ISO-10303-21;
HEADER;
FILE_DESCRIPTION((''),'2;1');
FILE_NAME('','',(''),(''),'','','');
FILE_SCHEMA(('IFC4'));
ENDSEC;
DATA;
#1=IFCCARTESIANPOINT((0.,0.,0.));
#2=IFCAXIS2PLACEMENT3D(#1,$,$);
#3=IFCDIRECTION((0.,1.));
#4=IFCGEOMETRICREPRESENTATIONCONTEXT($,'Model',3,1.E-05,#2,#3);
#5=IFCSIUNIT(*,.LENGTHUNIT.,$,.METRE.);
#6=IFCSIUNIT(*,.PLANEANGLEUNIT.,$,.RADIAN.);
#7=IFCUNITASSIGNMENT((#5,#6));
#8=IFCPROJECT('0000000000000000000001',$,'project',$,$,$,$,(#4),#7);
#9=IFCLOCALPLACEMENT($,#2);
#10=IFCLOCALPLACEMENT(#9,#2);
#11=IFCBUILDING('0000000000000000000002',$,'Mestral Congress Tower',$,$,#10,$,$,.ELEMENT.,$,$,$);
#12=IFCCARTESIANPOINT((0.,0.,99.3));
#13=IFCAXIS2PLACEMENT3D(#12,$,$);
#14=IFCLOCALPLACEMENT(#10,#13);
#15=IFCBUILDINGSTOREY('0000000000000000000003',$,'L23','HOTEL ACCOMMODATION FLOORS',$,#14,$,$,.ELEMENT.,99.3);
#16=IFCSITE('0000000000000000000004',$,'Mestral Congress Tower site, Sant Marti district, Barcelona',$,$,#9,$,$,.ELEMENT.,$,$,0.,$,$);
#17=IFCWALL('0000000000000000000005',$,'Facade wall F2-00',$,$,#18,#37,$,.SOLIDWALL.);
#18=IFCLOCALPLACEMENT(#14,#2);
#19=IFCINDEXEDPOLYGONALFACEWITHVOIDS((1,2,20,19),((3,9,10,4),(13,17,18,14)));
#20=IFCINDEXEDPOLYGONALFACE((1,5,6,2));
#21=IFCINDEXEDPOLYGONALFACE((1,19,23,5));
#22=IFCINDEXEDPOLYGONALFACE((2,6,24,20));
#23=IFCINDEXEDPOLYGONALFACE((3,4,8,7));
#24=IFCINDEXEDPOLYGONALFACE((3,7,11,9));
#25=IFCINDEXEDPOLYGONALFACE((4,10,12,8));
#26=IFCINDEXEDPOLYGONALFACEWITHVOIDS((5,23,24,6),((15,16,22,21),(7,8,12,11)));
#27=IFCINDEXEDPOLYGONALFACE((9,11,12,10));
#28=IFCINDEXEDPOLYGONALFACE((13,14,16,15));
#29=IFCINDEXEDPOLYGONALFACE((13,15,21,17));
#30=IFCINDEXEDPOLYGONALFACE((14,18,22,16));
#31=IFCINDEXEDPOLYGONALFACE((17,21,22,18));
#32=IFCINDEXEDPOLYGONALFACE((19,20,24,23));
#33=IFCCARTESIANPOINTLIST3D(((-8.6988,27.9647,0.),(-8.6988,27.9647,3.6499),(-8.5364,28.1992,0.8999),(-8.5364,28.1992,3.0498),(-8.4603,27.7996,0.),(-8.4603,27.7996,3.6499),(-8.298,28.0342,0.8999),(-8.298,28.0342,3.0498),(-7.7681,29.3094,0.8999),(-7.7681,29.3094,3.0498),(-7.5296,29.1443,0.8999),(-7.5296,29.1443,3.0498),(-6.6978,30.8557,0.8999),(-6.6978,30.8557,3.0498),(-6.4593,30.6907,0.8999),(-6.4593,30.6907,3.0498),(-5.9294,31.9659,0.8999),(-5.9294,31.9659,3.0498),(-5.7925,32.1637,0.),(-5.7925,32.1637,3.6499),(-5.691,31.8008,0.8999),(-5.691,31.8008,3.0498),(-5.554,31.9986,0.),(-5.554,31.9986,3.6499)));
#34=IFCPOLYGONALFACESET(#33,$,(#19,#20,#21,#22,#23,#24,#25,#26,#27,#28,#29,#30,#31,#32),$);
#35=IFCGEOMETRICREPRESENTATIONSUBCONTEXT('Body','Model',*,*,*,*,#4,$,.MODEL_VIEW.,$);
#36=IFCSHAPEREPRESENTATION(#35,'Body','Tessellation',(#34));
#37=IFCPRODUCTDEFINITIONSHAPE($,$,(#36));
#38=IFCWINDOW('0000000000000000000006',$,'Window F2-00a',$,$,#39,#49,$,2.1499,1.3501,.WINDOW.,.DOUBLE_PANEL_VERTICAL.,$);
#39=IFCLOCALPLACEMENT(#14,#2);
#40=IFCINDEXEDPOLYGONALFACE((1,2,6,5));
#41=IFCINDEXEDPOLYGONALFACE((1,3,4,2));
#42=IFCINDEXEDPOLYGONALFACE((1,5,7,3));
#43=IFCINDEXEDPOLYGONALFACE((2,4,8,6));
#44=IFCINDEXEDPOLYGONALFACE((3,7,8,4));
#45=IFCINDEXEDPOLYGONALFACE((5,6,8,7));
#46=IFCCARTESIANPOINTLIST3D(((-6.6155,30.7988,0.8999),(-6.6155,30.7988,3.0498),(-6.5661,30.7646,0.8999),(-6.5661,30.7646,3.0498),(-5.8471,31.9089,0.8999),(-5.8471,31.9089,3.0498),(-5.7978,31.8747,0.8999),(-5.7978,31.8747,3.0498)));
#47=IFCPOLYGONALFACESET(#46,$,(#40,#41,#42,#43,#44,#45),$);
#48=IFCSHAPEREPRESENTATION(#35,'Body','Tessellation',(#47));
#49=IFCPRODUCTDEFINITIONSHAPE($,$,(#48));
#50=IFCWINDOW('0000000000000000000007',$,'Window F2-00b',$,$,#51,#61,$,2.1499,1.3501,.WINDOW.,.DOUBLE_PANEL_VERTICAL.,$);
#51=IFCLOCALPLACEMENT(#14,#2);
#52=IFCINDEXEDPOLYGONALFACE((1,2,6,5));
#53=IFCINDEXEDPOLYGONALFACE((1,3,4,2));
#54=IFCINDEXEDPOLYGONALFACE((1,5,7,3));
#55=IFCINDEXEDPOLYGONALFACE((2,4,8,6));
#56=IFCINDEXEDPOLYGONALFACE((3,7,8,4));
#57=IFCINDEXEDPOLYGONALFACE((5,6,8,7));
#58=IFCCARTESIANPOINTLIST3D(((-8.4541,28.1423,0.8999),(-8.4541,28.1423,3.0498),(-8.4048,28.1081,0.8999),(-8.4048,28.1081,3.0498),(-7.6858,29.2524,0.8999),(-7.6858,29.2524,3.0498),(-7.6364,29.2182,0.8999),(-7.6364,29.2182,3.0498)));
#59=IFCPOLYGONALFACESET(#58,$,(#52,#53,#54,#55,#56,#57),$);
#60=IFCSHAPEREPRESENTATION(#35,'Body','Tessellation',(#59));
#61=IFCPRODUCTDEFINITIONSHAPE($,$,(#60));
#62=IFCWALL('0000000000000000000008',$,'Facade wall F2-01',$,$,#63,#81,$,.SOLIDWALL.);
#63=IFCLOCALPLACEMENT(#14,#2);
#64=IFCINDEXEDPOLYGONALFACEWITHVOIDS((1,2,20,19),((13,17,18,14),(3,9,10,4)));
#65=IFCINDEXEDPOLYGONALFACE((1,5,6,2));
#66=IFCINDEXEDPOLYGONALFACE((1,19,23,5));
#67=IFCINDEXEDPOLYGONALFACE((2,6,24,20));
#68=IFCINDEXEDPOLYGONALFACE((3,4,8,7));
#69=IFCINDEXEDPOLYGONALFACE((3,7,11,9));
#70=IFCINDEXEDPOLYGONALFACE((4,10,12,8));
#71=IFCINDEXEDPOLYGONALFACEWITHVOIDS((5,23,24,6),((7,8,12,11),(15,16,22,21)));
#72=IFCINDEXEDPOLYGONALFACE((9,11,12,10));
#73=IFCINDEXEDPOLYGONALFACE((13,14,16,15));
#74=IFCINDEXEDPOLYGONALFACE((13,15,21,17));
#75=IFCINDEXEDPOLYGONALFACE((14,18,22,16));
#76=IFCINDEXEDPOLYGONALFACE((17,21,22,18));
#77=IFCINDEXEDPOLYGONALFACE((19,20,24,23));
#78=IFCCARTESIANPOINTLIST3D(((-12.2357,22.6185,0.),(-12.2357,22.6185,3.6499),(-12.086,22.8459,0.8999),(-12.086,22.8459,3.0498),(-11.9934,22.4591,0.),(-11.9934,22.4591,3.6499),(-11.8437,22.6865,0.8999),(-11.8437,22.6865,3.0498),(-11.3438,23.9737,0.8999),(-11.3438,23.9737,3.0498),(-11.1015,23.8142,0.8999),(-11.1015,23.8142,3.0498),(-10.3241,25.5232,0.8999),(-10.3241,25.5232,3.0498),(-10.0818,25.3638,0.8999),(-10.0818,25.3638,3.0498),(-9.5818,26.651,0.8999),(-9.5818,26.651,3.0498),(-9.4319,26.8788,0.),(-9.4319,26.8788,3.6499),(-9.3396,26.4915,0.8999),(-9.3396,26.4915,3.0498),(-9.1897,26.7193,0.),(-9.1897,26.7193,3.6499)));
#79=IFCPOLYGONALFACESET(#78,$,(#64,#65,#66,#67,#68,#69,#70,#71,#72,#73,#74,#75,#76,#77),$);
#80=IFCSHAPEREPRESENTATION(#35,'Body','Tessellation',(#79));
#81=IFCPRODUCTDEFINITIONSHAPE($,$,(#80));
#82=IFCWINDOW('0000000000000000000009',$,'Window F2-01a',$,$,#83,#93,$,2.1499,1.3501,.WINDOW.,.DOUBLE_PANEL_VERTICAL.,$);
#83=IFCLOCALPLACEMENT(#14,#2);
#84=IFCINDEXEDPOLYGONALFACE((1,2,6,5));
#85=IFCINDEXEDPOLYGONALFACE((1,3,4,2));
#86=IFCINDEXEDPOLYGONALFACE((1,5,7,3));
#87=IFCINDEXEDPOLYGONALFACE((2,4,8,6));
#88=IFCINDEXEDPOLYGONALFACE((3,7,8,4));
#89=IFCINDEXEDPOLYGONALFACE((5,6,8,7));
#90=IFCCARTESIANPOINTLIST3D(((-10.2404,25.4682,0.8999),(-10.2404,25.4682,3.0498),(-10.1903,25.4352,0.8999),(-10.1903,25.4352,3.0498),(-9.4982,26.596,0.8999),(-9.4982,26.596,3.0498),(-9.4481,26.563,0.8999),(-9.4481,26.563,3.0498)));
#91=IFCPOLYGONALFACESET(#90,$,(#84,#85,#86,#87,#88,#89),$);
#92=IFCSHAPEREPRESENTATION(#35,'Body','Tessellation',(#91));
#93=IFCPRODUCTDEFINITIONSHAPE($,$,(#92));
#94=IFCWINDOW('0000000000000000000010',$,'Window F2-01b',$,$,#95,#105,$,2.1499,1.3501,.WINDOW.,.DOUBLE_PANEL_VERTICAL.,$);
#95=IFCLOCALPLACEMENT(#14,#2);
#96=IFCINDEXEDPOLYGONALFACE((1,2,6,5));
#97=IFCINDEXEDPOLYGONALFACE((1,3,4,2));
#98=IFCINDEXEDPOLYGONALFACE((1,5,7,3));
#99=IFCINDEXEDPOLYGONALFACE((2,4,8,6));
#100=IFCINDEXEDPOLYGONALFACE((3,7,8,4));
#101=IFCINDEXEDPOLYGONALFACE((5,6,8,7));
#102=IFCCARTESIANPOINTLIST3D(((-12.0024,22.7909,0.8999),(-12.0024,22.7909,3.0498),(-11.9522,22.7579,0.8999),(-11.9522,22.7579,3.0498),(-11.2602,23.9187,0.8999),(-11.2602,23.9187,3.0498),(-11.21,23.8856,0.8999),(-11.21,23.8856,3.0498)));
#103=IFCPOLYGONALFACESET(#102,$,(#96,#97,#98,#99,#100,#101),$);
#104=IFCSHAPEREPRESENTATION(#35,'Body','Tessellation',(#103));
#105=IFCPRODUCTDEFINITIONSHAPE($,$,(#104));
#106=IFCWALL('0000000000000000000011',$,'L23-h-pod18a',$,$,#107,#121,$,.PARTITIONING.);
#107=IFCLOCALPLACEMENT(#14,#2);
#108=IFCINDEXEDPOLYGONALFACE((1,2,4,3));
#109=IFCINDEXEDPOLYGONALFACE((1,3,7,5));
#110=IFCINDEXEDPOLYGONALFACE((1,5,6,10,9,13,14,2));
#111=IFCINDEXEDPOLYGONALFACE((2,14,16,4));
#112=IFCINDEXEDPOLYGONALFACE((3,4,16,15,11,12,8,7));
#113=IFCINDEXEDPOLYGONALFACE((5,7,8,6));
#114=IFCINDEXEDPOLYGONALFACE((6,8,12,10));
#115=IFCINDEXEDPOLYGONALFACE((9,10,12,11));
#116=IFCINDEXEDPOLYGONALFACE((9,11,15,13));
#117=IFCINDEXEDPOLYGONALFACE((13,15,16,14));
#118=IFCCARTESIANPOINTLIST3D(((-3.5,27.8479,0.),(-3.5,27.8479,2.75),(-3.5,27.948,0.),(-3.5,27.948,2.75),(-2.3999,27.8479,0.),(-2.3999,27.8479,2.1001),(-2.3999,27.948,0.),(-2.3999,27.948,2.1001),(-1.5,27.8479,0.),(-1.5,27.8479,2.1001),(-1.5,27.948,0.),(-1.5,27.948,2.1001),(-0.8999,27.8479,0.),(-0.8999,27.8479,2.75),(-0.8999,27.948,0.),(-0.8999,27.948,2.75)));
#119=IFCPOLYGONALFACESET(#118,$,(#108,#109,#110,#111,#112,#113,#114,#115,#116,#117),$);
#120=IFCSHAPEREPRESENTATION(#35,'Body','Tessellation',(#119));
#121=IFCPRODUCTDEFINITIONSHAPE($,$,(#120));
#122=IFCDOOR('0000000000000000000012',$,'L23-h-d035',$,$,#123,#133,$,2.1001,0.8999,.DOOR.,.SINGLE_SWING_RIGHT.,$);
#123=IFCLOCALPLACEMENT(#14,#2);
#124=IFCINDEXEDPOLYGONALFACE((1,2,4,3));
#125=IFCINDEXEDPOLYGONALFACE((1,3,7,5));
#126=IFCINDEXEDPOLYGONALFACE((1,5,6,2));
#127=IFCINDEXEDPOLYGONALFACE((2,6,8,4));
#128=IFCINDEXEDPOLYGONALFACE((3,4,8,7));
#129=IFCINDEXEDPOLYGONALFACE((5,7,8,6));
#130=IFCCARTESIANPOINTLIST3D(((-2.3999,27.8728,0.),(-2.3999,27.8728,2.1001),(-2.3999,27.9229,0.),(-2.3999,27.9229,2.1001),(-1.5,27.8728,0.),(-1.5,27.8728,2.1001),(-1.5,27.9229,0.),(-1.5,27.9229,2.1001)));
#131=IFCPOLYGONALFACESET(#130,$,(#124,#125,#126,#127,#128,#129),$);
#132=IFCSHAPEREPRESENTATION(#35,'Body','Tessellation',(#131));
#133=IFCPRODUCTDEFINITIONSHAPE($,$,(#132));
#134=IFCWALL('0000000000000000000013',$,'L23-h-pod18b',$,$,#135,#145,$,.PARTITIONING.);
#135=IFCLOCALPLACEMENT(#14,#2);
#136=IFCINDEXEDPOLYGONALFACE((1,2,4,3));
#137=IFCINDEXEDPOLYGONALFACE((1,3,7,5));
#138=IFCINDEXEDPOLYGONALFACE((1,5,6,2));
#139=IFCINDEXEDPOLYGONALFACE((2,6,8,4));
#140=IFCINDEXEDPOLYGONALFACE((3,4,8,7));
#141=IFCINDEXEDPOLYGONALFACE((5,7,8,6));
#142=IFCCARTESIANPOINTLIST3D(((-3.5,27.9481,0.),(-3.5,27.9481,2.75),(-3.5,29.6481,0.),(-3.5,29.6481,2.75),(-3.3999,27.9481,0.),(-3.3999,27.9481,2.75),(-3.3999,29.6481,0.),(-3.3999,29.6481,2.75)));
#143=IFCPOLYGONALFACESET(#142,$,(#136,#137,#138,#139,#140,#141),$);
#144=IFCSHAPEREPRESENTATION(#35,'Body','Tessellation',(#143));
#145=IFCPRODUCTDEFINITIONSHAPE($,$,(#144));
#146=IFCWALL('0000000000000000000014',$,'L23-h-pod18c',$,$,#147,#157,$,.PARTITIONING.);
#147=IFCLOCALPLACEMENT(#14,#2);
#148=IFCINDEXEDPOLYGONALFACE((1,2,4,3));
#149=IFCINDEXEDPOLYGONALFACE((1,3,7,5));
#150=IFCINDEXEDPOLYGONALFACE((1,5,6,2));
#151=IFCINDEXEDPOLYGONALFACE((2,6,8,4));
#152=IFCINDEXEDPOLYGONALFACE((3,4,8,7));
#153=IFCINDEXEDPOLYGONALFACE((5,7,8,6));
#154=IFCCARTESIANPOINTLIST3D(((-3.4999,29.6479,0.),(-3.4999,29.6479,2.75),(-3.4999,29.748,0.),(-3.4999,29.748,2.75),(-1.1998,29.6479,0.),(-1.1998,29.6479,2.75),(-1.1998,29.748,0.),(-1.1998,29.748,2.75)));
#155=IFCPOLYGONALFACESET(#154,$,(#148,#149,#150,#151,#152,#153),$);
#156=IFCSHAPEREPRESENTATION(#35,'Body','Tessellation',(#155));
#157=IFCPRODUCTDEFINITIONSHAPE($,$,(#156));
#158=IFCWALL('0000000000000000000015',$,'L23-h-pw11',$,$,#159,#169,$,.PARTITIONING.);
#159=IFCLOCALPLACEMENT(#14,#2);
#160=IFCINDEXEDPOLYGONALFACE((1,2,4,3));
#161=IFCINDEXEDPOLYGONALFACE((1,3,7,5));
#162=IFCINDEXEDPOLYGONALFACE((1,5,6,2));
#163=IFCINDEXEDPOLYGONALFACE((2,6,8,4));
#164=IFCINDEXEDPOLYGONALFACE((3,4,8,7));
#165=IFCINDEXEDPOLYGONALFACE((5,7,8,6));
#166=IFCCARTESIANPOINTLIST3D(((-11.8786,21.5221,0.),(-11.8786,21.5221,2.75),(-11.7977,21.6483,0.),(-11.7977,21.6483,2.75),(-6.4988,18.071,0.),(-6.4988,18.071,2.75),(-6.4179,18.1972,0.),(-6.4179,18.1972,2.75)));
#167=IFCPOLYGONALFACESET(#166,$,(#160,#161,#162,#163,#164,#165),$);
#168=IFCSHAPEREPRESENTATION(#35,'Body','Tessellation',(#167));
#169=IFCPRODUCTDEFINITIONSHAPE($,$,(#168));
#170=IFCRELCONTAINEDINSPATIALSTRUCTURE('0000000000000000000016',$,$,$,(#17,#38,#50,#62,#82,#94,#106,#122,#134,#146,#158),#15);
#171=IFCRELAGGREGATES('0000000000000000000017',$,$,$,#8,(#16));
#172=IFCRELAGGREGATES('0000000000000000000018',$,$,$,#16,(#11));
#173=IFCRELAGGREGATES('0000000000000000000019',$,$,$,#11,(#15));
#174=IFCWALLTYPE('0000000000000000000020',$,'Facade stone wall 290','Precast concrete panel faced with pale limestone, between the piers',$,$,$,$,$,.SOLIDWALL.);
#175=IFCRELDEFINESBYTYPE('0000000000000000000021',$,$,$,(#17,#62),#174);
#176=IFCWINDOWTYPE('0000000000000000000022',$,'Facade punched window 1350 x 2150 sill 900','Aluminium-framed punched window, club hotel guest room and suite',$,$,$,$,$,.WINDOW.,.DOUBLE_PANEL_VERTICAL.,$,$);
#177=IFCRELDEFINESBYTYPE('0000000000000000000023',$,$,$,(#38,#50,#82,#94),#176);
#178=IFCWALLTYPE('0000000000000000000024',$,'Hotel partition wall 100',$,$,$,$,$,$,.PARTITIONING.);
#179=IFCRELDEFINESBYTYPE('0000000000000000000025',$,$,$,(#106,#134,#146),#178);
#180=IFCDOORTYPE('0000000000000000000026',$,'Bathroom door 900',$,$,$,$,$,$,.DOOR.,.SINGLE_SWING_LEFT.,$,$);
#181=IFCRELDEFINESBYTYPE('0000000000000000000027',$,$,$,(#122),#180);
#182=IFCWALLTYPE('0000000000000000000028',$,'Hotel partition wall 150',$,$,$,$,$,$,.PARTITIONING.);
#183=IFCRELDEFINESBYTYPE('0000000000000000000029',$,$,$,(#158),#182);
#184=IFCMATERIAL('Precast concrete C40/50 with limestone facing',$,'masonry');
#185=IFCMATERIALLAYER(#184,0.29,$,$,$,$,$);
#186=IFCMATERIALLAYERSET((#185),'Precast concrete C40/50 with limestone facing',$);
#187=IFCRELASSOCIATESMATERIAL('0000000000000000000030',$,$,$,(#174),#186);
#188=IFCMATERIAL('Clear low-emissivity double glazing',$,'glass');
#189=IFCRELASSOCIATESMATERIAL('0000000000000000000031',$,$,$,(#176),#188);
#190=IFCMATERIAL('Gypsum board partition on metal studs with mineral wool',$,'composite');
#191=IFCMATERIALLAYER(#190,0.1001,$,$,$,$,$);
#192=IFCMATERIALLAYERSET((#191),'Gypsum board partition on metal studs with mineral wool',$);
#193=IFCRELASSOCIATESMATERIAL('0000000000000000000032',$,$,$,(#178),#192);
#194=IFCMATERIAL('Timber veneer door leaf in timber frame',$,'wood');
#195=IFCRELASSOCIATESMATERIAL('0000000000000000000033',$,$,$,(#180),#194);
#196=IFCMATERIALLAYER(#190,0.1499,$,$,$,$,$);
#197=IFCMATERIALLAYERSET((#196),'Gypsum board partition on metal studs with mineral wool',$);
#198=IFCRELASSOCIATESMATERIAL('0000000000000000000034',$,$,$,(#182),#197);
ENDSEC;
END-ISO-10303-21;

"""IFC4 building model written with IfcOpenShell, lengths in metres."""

from ifc_helpers import new_model, si_unit, direction, frame, frame_2d, origin, place, context, subcontext, project, spatial, rectangle, extrude, material, layer, layer_set, type_object, element, fill, save


model = new_model("IFC4")

# Units and contexts
model_context = context("Model", 3, precision=1e-05, world=origin(), true_north=direction((0.0, 1.0)))
body_context = subcontext(model_context, "Body", "Model", "MODEL_VIEW")
ifc_project = project(units=[si_unit("LENGTHUNIT", "METRE"), si_unit("PLANEANGLEUNIT", "RADIAN")], contexts=[model_context])

# Site, building, storey
site_placement = place(None, origin())
site = spatial("IfcSite", under=ifc_project, at=site_placement, Name="Mestral Congress Tower site, Sant Marti district, Barcelona", CompositionType="ELEMENT", RefElevation=0.0)
building_placement = place(site_placement, origin())
building = spatial("IfcBuilding", under=site, at=building_placement, Name="Mestral Congress Tower", CompositionType="ELEMENT")
storey_placement = place(building_placement, frame((0.0, 0.0, 99.3)))
storey = spatial("IfcBuildingStorey", under=building, at=storey_placement, Name="L23", Description="HOTEL ACCOMMODATION FLOORS", CompositionType="ELEMENT", Elevation=99.3)

# Shared definitions
ifc_material_1 = material(Name="Precast concrete C40/50 with limestone facing", Category="masonry")
ifc_layer_1 = layer(ifc_material_1, 0.29)
ifc_layer_set_1 = layer_set([ifc_layer_1], Name="Precast concrete C40/50 with limestone facing")
wall_type_1 = type_object("IfcWallType", Name="Facade stone wall 290", Description="Precast concrete panel faced with pale limestone, between the piers", PredefinedType="SOLIDWALL", material=ifc_layer_set_1)

# Shared definitions
ifc_material_2 = material(Name="Clear low-emissivity double glazing", Category="glass")

# Walls, openings, windows
wall_1_placement = place(storey_placement, frame((-5.6733, 32.0811, 0.0), z_axis=(0.0, 0.0, 1.0), x_axis=(-0.569113, -0.822259, 0.0)))
wall_1 = element("IfcWall", 1, at=wall_1_placement, inside=storey, type_object=wall_type_1, Name="Facade wall F2-00", PredefinedType="SOLIDWALL", context=body_context, shape_type="SweptSolid", body=[
    extrude(rectangle(XDim=5.1067, YDim=0.29, at=frame_2d((2.5532, 0.0))), origin(), (0.0, 0.0, 1.0), 3.6499),
])
opening_1_placement = place(wall_1_placement, frame((0.2405, 0.0, 0.8999)))
opening_1 = element("IfcOpeningElement", 2, at=opening_1_placement, cuts=wall_1, PredefinedType="OPENING", context=body_context, shape_type="SweptSolid", body=[
    extrude(rectangle(XDim=1.3501, YDim=2.1499, at=frame_2d((0.675, 1.075))), frame((0.0, 0.155, 0.0), z_axis=(0.0, -1.0, 0.0), x_axis=(1.0, 0.0, 0.0)), (0.0, 0.0, 1.0), 0.3101),
])
opening_2_placement = place(wall_1_placement, frame((3.4712, 0.0, 0.8999)))
opening_2 = element("IfcOpeningElement", 3, at=opening_2_placement, cuts=wall_1, PredefinedType="OPENING", context=body_context, shape_type="SweptSolid", body=[
    extrude(rectangle(XDim=1.3501, YDim=2.1499, at=frame_2d((0.675, 1.075))), frame((0.0, 0.155, 0.0), z_axis=(0.0, -1.0, 0.0), x_axis=(1.0, 0.0, 0.0)), (0.0, 0.0, 1.0), 0.3101),
])
window_type_1 = type_object("IfcWindowType", Name="Facade punched window 1350 x 2150 sill 900", Description="Aluminium-framed punched window, club hotel guest room and suite", PartitioningType="DOUBLE_PANEL_VERTICAL", PredefinedType="WINDOW", material=ifc_material_2)
window_1_placement = place(opening_1_placement, origin())
window_1 = element("IfcWindow", 4, at=window_1_placement, inside=storey, type_object=window_type_1, Name="Window F2-00a", OverallHeight=2.1499, OverallWidth=1.3501, PartitioningType="DOUBLE_PANEL_VERTICAL", PredefinedType="WINDOW", context=body_context, shape_type="SweptSolid", body=[
    extrude(rectangle(XDim=1.3501, YDim=2.1499, at=frame_2d((0.675, 1.075))), frame((0.0, 0.0151, 0.0), z_axis=(0.0, -1.0, 0.0), x_axis=(1.0, 0.0, 0.0)), (0.0, 0.0, 1.0), 0.0601),
])
fill(opening_1, window_1)
window_2_placement = place(opening_2_placement, origin())
window_2 = element("IfcWindow", 5, at=window_2_placement, inside=storey, type_object=window_type_1, Name="Window F2-00b", OverallHeight=2.1499, OverallWidth=1.3501, PartitioningType="DOUBLE_PANEL_VERTICAL", PredefinedType="WINDOW", context=body_context, shape_type="SweptSolid", body=[
    extrude(rectangle(XDim=1.3501, YDim=2.1499, at=frame_2d((0.675, 1.075))), frame((0.0, 0.0151, 0.0), z_axis=(0.0, -1.0, 0.0), x_axis=(1.0, 0.0, 0.0)), (0.0, 0.0, 1.0), 0.0601),
])
fill(opening_2, window_2)
wall_2_placement = place(storey_placement, frame((-9.3108, 26.7991, 0.0), z_axis=(0.0, 0.0, 1.0), x_axis=(-0.549741, -0.835335, 0.0)))
wall_2 = element("IfcWall", 6, at=wall_2_placement, inside=storey, type_object=wall_type_1, Name="Facade wall F2-01", PredefinedType="SOLIDWALL", context=body_context, shape_type="SweptSolid", body=[
    extrude(rectangle(XDim=5.1001, YDim=0.29, at=frame_2d((2.55, 0.0))), origin(), (0.0, 0.0, 1.0), 3.6499),
])
opening_3_placement = place(wall_2_placement, frame((0.2727, 0.0, 0.8999)))
opening_3 = element("IfcOpeningElement", 7, at=opening_3_placement, cuts=wall_2, PredefinedType="OPENING", context=body_context, shape_type="SweptSolid", body=[
    extrude(rectangle(XDim=1.3501, YDim=2.1499, at=frame_2d((0.675, 1.075))), frame((0.0, 0.155, 0.0), z_axis=(0.0, -1.0, 0.0), x_axis=(1.0, 0.0, 0.0)), (0.0, 0.0, 1.0), 0.3101),
])
opening_4_placement = place(wall_2_placement, frame((3.4778, 0.0, 0.8999)))
opening_4 = element("IfcOpeningElement", 8, at=opening_4_placement, cuts=wall_2, PredefinedType="OPENING", context=body_context, shape_type="SweptSolid", body=[
    extrude(rectangle(XDim=1.3501, YDim=2.1499, at=frame_2d((0.675, 1.075))), frame((0.0, 0.155, 0.0), z_axis=(0.0, -1.0, 0.0), x_axis=(1.0, 0.0, 0.0)), (0.0, 0.0, 1.0), 0.3101),
])
window_3_placement = place(opening_3_placement, origin())
window_3 = element("IfcWindow", 9, at=window_3_placement, inside=storey, type_object=window_type_1, Name="Window F2-01a", OverallHeight=2.1499, OverallWidth=1.3501, PartitioningType="DOUBLE_PANEL_VERTICAL", PredefinedType="WINDOW", context=body_context, shape_type="SweptSolid", body=[
    extrude(rectangle(XDim=1.3501, YDim=2.1499, at=frame_2d((0.675, 1.075))), frame((0.0, 0.0151, 0.0), z_axis=(0.0, -1.0, 0.0), x_axis=(1.0, 0.0, 0.0)), (0.0, 0.0, 1.0), 0.0601),
])
fill(opening_3, window_3)
window_4_placement = place(opening_4_placement, origin())
window_4 = element("IfcWindow", 10, at=window_4_placement, inside=storey, type_object=window_type_1, Name="Window F2-01b", OverallHeight=2.1499, OverallWidth=1.3501, PartitioningType="DOUBLE_PANEL_VERTICAL", PredefinedType="WINDOW", context=body_context, shape_type="SweptSolid", body=[
    extrude(rectangle(XDim=1.3501, YDim=2.1499, at=frame_2d((0.675, 1.075))), frame((0.0, 0.0151, 0.0), z_axis=(0.0, -1.0, 0.0), x_axis=(1.0, 0.0, 0.0)), (0.0, 0.0, 1.0), 0.0601),
])
fill(opening_4, window_4)

# Wall, opening, door
ifc_material_3 = material(Name="Gypsum board partition on metal studs with mineral wool", Category="composite")
ifc_layer_2 = layer(ifc_material_3, 0.1001)
ifc_layer_set_2 = layer_set([ifc_layer_2], Name="Gypsum board partition on metal studs with mineral wool")
wall_type_2 = type_object("IfcWallType", Name="Hotel partition wall 100", PredefinedType="PARTITIONING", material=ifc_layer_set_2)
wall_3_placement = place(storey_placement, frame((-3.5, 27.8979, 0.0), z_axis=(0.0, 0.0, 1.0), x_axis=(1.0, 0.0, 0.0)))
wall_3 = element("IfcWall", 11, at=wall_3_placement, inside=storey, type_object=wall_type_2, Name="L23-h-pod18a", PredefinedType="PARTITIONING", context=body_context, shape_type="SweptSolid", body=[
    extrude(rectangle(XDim=2.6001, YDim=0.1001, at=frame_2d((1.3, 0.0))), origin(), (0.0, 0.0, 1.0), 2.75),
])
opening_5_placement = place(wall_3_placement, frame((1.1001, 0.0, 0.0)))
opening_5 = element("IfcOpeningElement", 12, at=opening_5_placement, cuts=wall_3, PredefinedType="OPENING", context=body_context, shape_type="SweptSolid", body=[
    extrude(rectangle(XDim=0.8999, YDim=2.1001, at=frame_2d((0.45, 1.05))), frame((0.0, 0.0601, 0.0), z_axis=(0.0, -1.0, 0.0), x_axis=(1.0, 0.0, 0.0)), (0.0, 0.0, 1.0), 0.1201),
])
ifc_material_4 = material(Name="Timber veneer door leaf in timber frame", Category="wood")
door_type = type_object("IfcDoorType", Name="Bathroom door 900", OperationType="SINGLE_SWING_LEFT", PredefinedType="DOOR", material=ifc_material_4)
door_placement = place(opening_5_placement, origin())
door = element("IfcDoor", 13, at=door_placement, inside=storey, type_object=door_type, Name="L23-h-d035", OperationType="SINGLE_SWING_RIGHT", OverallHeight=2.1001, OverallWidth=0.8999, PredefinedType="DOOR", context=body_context, shape_type="SweptSolid", body=[
    extrude(rectangle(XDim=0.8999, YDim=2.1001, at=frame_2d((0.45, 1.05))), frame((0.0, 0.0249, 0.0), z_axis=(0.0, -1.0, 0.0), x_axis=(1.0, 0.0, 0.0)), (0.0, 0.0, 1.0), 0.05),
])
fill(opening_5, door)

# Walls
wall_4_placement = place(storey_placement, frame((-3.45, 27.948, 0.0), z_axis=(0.0, 0.0, 1.0), x_axis=(0.0, 1.0, 0.0)))
element("IfcWall", 14, at=wall_4_placement, inside=storey, type_object=wall_type_2, Name="L23-h-pod18b", PredefinedType="PARTITIONING", context=body_context, shape_type="SweptSolid", body=[
    extrude(rectangle(XDim=1.7, YDim=0.1001, at=frame_2d((0.8501, 0.0))), origin(), (0.0, 0.0, 1.0), 2.75),
])
wall_5_placement = place(storey_placement, frame((-1.2, 29.698, 0.0), z_axis=(0.0, 0.0, 1.0), x_axis=(-1.0, 0.0, 0.0)))
element("IfcWall", 15, at=wall_5_placement, inside=storey, type_object=wall_type_2, Name="L23-h-pod18c", PredefinedType="PARTITIONING", context=body_context, shape_type="SweptSolid", body=[
    extrude(rectangle(XDim=2.3, YDim=0.1001, at=frame_2d((1.1499, 0.0))), origin(), (0.0, 0.0, 1.0), 2.75),
])
ifc_layer_3 = layer(ifc_material_3, 0.1499)
ifc_layer_set_3 = layer_set([ifc_layer_3], Name="Gypsum board partition on metal studs with mineral wool")
wall_type_3 = type_object("IfcWallType", Name="Hotel partition wall 150", PredefinedType="PARTITIONING", material=ifc_layer_set_3)
wall_6_placement = place(storey_placement, frame((-11.8381, 21.5852, 0.0), z_axis=(0.0, 0.0, 1.0), x_axis=(0.841699, -0.539947, 0.0)))
element("IfcWall", 16, at=wall_6_placement, inside=storey, type_object=wall_type_3, Name="L23-h-pw11", PredefinedType="PARTITIONING", context=body_context, shape_type="SweptSolid", body=[
    extrude(rectangle(XDim=6.3916, YDim=0.1499, at=frame_2d((3.1958, 0.0))), origin(), (0.0, 0.0, 1.0), 2.75),
])

save(model, "model.ifc")
